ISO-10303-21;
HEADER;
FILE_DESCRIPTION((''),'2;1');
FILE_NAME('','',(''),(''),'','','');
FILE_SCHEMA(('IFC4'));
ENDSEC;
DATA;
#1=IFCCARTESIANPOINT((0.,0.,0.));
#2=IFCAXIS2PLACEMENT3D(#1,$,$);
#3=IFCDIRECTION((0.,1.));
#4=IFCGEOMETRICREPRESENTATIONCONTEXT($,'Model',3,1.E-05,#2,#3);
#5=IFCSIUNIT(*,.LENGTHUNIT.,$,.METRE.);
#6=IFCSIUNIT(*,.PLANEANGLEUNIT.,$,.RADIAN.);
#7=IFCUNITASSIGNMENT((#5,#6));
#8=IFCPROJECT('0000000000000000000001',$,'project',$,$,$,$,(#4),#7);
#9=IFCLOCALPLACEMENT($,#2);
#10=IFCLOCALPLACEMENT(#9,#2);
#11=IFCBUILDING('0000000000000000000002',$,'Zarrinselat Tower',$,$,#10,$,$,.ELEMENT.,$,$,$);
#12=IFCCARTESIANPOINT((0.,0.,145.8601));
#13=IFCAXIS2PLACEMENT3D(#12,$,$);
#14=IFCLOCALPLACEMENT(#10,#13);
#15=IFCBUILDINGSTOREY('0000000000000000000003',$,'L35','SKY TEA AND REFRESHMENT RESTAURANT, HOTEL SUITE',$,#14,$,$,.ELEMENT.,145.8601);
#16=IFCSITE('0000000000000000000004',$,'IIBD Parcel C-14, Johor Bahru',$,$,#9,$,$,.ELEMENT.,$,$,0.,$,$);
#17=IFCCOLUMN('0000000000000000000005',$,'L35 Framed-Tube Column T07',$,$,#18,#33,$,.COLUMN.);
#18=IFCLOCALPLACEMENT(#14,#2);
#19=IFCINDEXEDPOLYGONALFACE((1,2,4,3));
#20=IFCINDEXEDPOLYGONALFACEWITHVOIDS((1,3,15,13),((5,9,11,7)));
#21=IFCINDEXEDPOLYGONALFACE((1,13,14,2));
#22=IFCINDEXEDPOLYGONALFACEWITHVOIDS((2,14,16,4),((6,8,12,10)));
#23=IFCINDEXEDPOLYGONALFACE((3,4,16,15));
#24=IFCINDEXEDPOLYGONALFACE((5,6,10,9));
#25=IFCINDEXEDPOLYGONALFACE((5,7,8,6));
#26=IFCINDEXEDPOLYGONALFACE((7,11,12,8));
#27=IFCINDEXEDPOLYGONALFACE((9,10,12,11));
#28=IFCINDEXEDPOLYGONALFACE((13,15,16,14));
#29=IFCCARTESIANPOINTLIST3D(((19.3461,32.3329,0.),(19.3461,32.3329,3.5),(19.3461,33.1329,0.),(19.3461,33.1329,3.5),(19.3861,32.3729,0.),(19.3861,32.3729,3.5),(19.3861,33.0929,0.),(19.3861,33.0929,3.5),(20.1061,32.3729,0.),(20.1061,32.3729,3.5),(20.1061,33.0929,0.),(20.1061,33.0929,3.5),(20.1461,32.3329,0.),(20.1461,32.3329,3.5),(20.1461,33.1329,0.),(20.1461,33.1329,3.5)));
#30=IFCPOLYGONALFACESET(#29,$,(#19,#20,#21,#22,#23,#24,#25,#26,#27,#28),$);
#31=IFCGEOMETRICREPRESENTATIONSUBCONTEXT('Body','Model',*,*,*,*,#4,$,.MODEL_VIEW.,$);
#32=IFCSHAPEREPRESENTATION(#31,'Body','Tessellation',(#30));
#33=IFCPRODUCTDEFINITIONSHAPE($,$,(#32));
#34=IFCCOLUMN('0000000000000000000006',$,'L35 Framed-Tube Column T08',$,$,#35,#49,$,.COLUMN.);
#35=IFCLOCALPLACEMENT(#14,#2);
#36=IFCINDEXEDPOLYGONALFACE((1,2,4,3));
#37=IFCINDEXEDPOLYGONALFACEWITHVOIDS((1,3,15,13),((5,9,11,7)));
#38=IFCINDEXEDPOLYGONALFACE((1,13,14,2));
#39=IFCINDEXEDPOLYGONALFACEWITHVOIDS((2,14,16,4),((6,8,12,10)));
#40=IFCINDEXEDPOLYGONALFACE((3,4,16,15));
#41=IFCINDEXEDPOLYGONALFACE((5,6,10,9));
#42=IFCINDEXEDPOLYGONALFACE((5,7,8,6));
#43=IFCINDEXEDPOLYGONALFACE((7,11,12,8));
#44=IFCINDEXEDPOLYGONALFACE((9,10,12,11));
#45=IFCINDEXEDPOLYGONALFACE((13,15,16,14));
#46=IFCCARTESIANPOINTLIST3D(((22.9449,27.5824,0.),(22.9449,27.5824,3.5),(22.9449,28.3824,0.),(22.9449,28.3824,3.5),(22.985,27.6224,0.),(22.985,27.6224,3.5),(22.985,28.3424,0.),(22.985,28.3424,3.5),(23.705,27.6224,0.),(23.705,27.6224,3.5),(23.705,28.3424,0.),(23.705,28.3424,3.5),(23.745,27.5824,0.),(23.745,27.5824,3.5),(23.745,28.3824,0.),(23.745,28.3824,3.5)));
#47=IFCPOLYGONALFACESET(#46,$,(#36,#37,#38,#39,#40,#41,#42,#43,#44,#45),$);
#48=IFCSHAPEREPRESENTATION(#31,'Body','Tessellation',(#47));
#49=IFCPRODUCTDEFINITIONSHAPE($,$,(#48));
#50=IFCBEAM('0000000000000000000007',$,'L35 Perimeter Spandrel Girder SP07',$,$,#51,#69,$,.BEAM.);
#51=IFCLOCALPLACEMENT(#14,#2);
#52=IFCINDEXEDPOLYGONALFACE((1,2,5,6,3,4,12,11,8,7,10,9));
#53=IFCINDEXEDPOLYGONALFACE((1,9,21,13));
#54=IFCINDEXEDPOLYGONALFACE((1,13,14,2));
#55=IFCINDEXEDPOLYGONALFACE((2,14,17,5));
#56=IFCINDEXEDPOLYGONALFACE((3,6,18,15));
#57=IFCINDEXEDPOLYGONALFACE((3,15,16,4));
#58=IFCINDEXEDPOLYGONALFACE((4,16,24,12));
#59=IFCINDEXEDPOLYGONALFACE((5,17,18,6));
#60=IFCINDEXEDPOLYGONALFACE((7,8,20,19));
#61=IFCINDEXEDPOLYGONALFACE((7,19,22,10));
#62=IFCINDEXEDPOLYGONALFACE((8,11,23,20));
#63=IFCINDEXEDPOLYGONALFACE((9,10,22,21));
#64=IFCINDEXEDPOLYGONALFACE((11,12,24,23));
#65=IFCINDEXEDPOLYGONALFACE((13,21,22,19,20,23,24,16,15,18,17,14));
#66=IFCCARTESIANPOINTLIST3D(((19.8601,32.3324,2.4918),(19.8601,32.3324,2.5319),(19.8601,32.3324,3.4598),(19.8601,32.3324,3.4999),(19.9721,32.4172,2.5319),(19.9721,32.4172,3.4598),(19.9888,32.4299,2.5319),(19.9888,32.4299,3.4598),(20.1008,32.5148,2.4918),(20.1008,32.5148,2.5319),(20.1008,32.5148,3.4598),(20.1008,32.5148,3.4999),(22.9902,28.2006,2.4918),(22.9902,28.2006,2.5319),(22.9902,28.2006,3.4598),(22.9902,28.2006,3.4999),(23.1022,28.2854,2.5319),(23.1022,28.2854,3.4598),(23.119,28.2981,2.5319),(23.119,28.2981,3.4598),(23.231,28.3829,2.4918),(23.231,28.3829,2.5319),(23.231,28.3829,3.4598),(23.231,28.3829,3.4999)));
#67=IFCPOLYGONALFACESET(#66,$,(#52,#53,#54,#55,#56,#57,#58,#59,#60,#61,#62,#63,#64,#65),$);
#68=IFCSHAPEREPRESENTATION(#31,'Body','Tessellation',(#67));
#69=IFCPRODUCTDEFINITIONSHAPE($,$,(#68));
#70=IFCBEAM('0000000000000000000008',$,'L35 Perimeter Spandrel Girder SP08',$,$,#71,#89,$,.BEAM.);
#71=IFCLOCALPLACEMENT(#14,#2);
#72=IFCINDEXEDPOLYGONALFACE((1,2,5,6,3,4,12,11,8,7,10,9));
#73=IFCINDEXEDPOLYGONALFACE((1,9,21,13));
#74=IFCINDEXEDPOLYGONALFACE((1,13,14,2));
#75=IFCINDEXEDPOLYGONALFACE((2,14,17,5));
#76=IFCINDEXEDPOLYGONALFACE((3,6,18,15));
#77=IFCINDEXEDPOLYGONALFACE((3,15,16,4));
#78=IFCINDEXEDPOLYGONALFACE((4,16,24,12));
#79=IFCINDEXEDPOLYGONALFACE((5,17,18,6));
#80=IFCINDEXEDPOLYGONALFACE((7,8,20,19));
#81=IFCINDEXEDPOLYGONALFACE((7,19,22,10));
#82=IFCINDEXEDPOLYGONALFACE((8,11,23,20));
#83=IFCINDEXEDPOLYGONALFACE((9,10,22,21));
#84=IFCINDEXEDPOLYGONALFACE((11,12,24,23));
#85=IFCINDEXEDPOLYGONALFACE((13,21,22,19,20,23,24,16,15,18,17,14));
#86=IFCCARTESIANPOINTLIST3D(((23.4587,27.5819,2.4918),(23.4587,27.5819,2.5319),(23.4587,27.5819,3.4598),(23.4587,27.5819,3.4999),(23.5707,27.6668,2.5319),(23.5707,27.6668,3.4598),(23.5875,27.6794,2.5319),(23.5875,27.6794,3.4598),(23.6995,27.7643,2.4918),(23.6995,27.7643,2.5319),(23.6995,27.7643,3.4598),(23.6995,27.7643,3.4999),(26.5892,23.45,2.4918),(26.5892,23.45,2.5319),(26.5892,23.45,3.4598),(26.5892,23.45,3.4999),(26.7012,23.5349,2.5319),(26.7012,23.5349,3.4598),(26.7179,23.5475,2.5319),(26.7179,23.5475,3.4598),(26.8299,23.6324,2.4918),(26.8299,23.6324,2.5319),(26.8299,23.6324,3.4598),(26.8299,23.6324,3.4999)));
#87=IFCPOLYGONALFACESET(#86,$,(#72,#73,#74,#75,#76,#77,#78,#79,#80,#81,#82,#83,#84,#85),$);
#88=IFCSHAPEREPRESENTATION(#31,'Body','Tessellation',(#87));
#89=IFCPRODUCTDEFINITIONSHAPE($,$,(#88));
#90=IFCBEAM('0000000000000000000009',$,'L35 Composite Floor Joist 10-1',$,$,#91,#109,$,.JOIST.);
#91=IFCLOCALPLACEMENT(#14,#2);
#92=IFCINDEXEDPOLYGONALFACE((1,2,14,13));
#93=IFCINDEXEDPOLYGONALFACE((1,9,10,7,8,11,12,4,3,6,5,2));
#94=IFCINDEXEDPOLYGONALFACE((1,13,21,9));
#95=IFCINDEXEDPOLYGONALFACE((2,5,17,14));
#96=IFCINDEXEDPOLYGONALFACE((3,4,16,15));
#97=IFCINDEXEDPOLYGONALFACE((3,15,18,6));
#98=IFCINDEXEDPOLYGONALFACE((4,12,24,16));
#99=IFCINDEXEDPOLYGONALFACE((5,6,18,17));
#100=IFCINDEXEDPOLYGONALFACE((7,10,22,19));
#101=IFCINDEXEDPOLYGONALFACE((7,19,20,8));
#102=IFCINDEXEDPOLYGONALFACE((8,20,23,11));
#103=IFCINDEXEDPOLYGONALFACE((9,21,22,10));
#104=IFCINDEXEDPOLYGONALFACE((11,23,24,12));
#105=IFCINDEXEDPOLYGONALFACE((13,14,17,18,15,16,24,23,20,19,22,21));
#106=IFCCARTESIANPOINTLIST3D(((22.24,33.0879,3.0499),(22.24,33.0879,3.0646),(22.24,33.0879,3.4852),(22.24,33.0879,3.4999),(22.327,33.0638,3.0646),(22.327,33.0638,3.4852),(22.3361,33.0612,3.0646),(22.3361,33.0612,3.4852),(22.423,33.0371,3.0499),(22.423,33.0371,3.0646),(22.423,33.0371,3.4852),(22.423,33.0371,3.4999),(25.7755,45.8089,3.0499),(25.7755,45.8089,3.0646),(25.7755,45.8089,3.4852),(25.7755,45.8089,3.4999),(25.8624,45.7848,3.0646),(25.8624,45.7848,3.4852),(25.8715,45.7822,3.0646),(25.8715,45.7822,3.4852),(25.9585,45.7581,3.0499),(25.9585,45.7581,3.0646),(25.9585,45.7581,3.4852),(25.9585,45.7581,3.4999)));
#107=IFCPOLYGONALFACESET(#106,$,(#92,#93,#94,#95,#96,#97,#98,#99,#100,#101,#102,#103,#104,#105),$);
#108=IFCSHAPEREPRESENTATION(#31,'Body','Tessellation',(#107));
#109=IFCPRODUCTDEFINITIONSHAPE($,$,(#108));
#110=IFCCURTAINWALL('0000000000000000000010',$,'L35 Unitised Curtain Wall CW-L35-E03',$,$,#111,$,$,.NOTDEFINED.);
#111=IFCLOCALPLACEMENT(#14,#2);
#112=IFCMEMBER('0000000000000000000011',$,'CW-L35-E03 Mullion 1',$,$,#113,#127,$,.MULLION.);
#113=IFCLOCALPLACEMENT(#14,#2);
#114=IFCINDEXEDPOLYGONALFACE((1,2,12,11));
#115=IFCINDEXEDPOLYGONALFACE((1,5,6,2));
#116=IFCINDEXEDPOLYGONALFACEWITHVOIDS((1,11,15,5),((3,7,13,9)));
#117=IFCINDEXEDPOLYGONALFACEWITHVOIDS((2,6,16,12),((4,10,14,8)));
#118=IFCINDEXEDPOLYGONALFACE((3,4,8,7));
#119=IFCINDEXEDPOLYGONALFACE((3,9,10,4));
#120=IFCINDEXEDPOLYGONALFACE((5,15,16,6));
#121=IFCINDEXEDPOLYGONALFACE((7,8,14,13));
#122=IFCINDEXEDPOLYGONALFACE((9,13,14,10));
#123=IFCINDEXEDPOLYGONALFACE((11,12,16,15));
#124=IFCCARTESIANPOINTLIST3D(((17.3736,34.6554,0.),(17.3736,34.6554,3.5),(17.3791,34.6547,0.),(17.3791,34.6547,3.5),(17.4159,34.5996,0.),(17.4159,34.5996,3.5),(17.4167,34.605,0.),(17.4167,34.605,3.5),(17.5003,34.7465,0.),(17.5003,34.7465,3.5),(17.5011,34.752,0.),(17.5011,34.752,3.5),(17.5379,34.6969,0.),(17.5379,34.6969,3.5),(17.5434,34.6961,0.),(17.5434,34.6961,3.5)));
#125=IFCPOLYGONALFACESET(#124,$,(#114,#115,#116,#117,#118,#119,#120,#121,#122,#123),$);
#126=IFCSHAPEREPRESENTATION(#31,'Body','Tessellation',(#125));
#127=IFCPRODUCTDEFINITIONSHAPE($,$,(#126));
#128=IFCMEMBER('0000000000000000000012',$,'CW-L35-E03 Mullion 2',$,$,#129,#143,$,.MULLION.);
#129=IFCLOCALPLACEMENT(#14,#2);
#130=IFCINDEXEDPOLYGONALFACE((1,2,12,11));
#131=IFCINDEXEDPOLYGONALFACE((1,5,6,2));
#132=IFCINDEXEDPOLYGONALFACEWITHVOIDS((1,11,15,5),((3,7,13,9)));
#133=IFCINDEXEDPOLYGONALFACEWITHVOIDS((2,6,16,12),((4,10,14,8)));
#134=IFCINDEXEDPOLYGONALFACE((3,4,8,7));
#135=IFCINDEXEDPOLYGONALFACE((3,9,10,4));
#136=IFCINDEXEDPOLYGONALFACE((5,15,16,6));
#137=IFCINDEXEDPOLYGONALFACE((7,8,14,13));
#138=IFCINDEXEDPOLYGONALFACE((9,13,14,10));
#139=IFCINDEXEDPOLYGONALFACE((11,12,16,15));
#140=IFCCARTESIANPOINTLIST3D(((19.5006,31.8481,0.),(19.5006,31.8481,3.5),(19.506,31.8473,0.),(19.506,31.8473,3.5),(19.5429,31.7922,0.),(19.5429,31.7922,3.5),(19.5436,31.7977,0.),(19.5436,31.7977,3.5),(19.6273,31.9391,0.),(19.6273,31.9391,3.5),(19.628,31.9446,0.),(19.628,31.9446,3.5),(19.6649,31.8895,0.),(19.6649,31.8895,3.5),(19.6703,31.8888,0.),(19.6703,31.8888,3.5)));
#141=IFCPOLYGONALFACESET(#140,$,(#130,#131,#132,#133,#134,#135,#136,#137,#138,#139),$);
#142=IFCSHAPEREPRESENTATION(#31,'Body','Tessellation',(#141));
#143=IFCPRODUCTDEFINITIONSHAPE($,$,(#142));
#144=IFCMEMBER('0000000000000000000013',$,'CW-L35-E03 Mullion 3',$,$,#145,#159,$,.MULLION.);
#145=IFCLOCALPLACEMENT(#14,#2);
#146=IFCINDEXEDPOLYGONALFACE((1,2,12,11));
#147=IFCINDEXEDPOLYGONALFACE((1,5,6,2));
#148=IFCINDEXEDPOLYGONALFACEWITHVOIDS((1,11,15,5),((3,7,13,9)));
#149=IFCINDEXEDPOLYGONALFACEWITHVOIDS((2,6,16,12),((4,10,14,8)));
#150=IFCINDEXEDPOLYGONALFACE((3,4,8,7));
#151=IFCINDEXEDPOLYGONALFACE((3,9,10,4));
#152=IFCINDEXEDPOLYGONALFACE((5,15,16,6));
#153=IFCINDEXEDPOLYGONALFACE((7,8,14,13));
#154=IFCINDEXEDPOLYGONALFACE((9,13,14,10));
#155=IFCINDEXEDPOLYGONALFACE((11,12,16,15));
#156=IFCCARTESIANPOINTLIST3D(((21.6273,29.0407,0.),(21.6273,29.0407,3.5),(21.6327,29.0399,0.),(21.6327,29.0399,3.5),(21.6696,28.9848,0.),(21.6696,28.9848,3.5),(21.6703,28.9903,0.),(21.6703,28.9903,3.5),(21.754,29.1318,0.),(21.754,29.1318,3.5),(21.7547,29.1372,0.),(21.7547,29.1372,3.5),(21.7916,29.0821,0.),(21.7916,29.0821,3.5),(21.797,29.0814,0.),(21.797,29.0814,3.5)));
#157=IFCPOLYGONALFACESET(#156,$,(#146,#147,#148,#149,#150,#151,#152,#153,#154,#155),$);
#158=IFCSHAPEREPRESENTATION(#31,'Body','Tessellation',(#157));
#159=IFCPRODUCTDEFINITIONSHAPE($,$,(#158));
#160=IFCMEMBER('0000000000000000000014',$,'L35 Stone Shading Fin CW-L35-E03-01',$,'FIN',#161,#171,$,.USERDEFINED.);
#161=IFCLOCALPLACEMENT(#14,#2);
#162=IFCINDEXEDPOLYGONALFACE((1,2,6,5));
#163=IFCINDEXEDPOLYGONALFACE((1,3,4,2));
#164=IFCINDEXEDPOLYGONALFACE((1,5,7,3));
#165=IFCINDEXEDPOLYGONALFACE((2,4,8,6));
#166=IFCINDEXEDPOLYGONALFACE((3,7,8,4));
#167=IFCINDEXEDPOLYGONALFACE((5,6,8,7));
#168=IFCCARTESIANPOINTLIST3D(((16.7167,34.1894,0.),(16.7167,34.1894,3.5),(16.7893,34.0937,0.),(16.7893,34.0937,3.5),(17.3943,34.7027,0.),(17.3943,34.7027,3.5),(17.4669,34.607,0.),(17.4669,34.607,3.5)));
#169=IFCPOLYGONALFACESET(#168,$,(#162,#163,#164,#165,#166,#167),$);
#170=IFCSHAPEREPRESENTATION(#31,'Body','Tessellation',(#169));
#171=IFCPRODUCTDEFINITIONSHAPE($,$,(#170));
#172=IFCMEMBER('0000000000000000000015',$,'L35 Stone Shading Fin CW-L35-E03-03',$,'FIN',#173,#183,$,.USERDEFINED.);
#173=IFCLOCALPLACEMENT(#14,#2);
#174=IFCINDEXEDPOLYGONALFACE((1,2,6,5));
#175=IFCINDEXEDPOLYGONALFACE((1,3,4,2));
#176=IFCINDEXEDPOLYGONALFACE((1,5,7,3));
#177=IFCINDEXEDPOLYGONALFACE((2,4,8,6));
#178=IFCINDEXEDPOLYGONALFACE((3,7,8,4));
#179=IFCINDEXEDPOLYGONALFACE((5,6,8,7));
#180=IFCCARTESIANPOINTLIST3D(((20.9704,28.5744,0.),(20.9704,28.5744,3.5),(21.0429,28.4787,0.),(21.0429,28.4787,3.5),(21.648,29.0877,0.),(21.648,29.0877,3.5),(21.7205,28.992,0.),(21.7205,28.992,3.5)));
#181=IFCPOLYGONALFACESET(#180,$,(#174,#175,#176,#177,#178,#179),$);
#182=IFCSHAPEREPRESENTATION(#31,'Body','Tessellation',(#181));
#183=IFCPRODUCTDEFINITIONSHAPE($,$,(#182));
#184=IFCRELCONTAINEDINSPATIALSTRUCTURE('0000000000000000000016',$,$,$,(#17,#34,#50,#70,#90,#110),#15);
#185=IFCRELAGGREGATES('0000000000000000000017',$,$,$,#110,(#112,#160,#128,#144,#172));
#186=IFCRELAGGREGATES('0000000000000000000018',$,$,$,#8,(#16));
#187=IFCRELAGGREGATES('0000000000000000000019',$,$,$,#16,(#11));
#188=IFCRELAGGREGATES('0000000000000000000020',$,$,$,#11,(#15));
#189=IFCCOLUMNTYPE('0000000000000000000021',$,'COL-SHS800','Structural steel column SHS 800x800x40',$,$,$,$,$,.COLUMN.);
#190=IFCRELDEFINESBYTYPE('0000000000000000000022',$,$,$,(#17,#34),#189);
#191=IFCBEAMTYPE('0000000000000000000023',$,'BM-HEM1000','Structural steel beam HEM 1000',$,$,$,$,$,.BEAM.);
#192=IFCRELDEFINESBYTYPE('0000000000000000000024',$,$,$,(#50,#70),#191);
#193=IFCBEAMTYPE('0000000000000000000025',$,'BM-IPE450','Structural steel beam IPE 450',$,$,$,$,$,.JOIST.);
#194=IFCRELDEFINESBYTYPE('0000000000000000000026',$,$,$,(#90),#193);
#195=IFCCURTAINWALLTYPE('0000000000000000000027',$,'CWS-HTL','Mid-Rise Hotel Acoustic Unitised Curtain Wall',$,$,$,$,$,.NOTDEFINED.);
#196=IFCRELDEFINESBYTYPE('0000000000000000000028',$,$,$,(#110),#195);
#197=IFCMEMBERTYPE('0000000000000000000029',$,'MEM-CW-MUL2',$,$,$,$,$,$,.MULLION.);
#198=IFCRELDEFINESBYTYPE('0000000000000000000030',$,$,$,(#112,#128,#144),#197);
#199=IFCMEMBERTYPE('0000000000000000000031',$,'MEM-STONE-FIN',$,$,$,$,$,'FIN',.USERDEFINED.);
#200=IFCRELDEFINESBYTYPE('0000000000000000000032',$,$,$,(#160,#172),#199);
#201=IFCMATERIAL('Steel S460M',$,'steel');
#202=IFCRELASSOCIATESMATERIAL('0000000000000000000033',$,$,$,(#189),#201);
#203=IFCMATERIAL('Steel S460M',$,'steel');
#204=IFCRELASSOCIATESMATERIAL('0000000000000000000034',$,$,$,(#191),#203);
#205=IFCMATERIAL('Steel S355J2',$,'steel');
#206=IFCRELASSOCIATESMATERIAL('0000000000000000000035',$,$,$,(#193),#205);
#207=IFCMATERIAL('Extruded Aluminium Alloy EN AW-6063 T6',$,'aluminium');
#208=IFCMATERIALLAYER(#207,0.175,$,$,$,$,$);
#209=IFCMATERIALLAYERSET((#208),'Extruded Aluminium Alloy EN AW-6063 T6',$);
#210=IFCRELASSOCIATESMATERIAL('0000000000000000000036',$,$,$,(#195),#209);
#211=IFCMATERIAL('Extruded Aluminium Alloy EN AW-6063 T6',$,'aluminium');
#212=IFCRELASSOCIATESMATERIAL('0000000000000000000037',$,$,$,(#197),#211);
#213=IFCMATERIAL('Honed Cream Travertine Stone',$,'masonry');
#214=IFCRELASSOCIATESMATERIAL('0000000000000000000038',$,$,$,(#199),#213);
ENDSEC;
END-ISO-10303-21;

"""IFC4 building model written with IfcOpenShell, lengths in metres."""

from ifc_helpers import new_model, si_unit, direction, frame, origin, origin_2d, place, context, subcontext, project, spatial, rectangle, hollow_rectangle, i_section, extrude, material, layer, layer_set, material_profile, profile_set, type_object, element, aggregate, save


model = new_model("IFC4")

# Units and contexts
model_context = context("Model", 3, precision=1e-05, world=origin(), true_north=direction((0.0, 1.0)))
body_context = subcontext(model_context, "Body", "Model", "MODEL_VIEW")
ifc_project = project(units=[si_unit("LENGTHUNIT", "METRE"), si_unit("PLANEANGLEUNIT", "RADIAN")], contexts=[model_context])

# Site, building, storey
site_placement = place(None, origin())
site = spatial("IfcSite", under=ifc_project, at=site_placement, Name="IIBD Parcel C-14, Johor Bahru", CompositionType="ELEMENT", RefElevation=0.0)
building_placement = place(site_placement, origin())
building = spatial("IfcBuilding", under=site, at=building_placement, Name="Zarrinselat Tower", CompositionType="ELEMENT")
storey_placement = place(building_placement, frame((0.0, 0.0, 145.8601)))
storey = spatial("IfcBuildingStorey", under=building, at=storey_placement, Name="L35", Description="SKY TEA AND REFRESHMENT RESTAURANT, HOTEL SUITE", CompositionType="ELEMENT", Elevation=145.8601)

# Columns
ifc_material_1 = material(Name="Steel S460M", Category="steel")
ifc_material_profile_1 = material_profile(ifc_material_1, hollow_rectangle(XDim=0.8, YDim=0.8, WallThickness=0.04, at=origin_2d()), Name="SHS 800x800x40")
ifc_profile_set_1 = profile_set([ifc_material_profile_1], Name="Steel S460M")
column_type = type_object("IfcColumnType", Name="COL-SHS800", Description="Structural steel column SHS 800x800x40", PredefinedType="COLUMN", material=ifc_profile_set_1)
for number, where, z_axis, x_axis, name in (
    (1, (19.7461, 32.7329, 0.0), (0.0, 0.0, 1.0), (1.0, 0.0, 0.0), "L35 Framed-Tube Column T07"),
    (2, (23.345, 27.9824, 0.0), (0.0, 0.0, 1.0), (1.0, 0.0, 0.0), "L35 Framed-Tube Column T08"),
):
    element("IfcColumn", number, at=place(storey_placement, frame(where, z_axis=z_axis, x_axis=x_axis)), inside=storey, type_object=column_type, Name=name, PredefinedType="COLUMN", context=body_context, shape_type="SweptSolid", body=[
        extrude(hollow_rectangle(XDim=0.8, YDim=0.8, WallThickness=0.04, at=origin_2d()), origin(), (0.0, 0.0, 1.0), 3.5),
    ])

# Beams
ifc_material_2 = material(Name="Steel S460M", Category="steel")
ifc_material_profile_2 = material_profile(ifc_material_2, i_section(OverallWidth=0.302, OverallDepth=1.0081, WebThickness=0.021, FlangeThickness=0.04, at=origin_2d()), Name="HEM 1000")
ifc_profile_set_2 = profile_set([ifc_material_profile_2], Name="Steel S460M")
beam_type_1 = type_object("IfcBeamType", Name="BM-HEM1000", Description="Structural steel beam HEM 1000", PredefinedType="BEAM", material=ifc_profile_set_2)
beam_1_placement = place(storey_placement, frame((19.9805, 32.4236, 2.9958), z_axis=(0.603851, -0.797097, 0.0), x_axis=(0.797097, 0.603851, 0.0)))
element("IfcBeam", 3, at=beam_1_placement, inside=storey, type_object=beam_type_1, Name="L35 Perimeter Spandrel Girder SP07", PredefinedType="BEAM", context=body_context, shape_type="SweptSolid", body=[
    extrude(i_section(OverallWidth=0.302, OverallDepth=1.0081, WebThickness=0.021, FlangeThickness=0.04, at=origin_2d()), origin(), (0.0, 0.0, 1.0), 5.1836),
])
beam_2_placement = place(storey_placement, frame((23.5791, 27.6731, 2.9958), z_axis=(0.603881, -0.797074, 0.0), x_axis=(0.797074, 0.603881, 0.0)))
element("IfcBeam", 4, at=beam_2_placement, inside=storey, type_object=beam_type_1, Name="L35 Perimeter Spandrel Girder SP08", PredefinedType="BEAM", context=body_context, shape_type="SweptSolid", body=[
    extrude(i_section(OverallWidth=0.302, OverallDepth=1.0081, WebThickness=0.021, FlangeThickness=0.04, at=origin_2d()), origin(), (0.0, 0.0, 1.0), 5.1838),
])
ifc_material_3 = material(Name="Steel S355J2", Category="steel")
ifc_material_profile_3 = material_profile(ifc_material_3, i_section(OverallWidth=0.1899, OverallDepth=0.45, WebThickness=0.0095, FlangeThickness=0.0146, at=origin_2d()), Name="IPE 450")
ifc_profile_set_3 = profile_set([ifc_material_profile_3], Name="Steel S355J2")
beam_type_2 = type_object("IfcBeamType", Name="BM-IPE450", Description="Structural steel beam IPE 450", PredefinedType="JOIST", material=ifc_profile_set_3)
beam_3_placement = place(storey_placement, frame((22.3315, 33.0625, 3.2749), z_axis=(0.267771, 0.963483, 0.0), x_axis=(-0.963483, 0.267771, 0.0)))
element("IfcBeam", 5, at=beam_3_placement, inside=storey, type_object=beam_type_2, Name="L35 Composite Floor Joist 10-1", PredefinedType="JOIST", context=body_context, shape_type="SweptSolid", body=[
    extrude(i_section(OverallWidth=0.1899, OverallDepth=0.45, WebThickness=0.0095, FlangeThickness=0.0146, at=origin_2d()), origin(), (0.0, 0.0, 1.0), 13.2031),
])

# Curtain wall, members
ifc_material_4 = material(Name="Extruded Aluminium Alloy EN AW-6063 T6", Category="aluminium")
ifc_layer_1 = layer(ifc_material_4, 0.175)
ifc_layer_set_1 = layer_set([ifc_layer_1], Name="Extruded Aluminium Alloy EN AW-6063 T6")
curtain_wall_type = type_object("IfcCurtainWallType", Name="CWS-HTL", Description="Mid-Rise Hotel Acoustic Unitised Curtain Wall", PredefinedType="NOTDEFINED", material=ifc_layer_set_1)
curtain_wall_placement = place(storey_placement, origin())
curtain_wall = element("IfcCurtainWall", 6, at=curtain_wall_placement, inside=storey, type_object=curtain_wall_type, Name="L35 Unitised Curtain Wall CW-L35-E03", PredefinedType="NOTDEFINED")
ifc_material_5 = material(Name="Extruded Aluminium Alloy EN AW-6063 T6", Category="aluminium")
ifc_material_profile_4 = material_profile(ifc_material_5, hollow_rectangle(XDim=0.0701, YDim=0.1599, WallThickness=0.0039, at=origin_2d()), Name="RHS 160x70x4")
ifc_profile_set_4 = profile_set([ifc_material_profile_4], Name="Extruded Aluminium Alloy EN AW-6063 T6")
member_type_1 = type_object("IfcMemberType", Name="MEM-CW-MUL2", PredefinedType="MULLION", material=ifc_profile_set_4)
member_1_placement = place(storey_placement, frame((17.4585, 34.6758, 0.0), z_axis=(0.0, 0.0, 1.0), x_axis=(0.603857, -0.797093, 0.0)))
member_1 = element("IfcMember", 7, at=member_1_placement, type_object=member_type_1, Name="CW-L35-E03 Mullion 1", PredefinedType="MULLION", context=body_context, shape_type="SweptSolid", body=[
    extrude(hollow_rectangle(XDim=0.0701, YDim=0.1599, WallThickness=0.0039, at=origin_2d()), origin(), (0.0, 0.0, 1.0), 3.5),
])
member_2_placement = place(storey_placement, frame((19.5854, 31.8684, 0.0), z_axis=(0.0, 0.0, 1.0), x_axis=(0.603857, -0.797093, 0.0)))
member_2 = element("IfcMember", 8, at=member_2_placement, type_object=member_type_1, Name="CW-L35-E03 Mullion 2", PredefinedType="MULLION", context=body_context, shape_type="SweptSolid", body=[
    extrude(hollow_rectangle(XDim=0.0701, YDim=0.1599, WallThickness=0.0039, at=origin_2d()), origin(), (0.0, 0.0, 1.0), 3.5),
])
member_3_placement = place(storey_placement, frame((21.7122, 29.061, 0.0), z_axis=(0.0, 0.0, 1.0), x_axis=(0.603857, -0.797093, 0.0)))
member_3 = element("IfcMember", 9, at=member_3_placement, type_object=member_type_1, Name="CW-L35-E03 Mullion 3", PredefinedType="MULLION", context=body_context, shape_type="SweptSolid", body=[
    extrude(hollow_rectangle(XDim=0.0701, YDim=0.1599, WallThickness=0.0039, at=origin_2d()), origin(), (0.0, 0.0, 1.0), 3.5),
])
ifc_material_6 = material(Name="Honed Cream Travertine Stone", Category="masonry")
ifc_material_profile_5 = material_profile(ifc_material_6, rectangle(XDim=0.1201, YDim=0.8501, at=origin_2d()), Name="FIN 850x120")
ifc_profile_set_5 = profile_set([ifc_material_profile_5], Name="Honed Cream Travertine Stone")
member_type_2 = type_object("IfcMemberType", Name="MEM-STONE-FIN", ElementType="FIN", PredefinedType="USERDEFINED", material=ifc_profile_set_5)
member_4_placement = place(storey_placement, frame((17.0918, 34.3982, 0.0), z_axis=(0.0, 0.0, 1.0), x_axis=(-0.603857, 0.797093, 0.0)))
member_4 = element("IfcMember", 10, at=member_4_placement, type_object=member_type_2, Name="L35 Stone Shading Fin CW-L35-E03-01", ObjectType="FIN", PredefinedType="USERDEFINED", context=body_context, shape_type="SweptSolid", body=[
    extrude(rectangle(XDim=0.1201, YDim=0.8501, at=origin_2d()), origin(), (0.0, 0.0, 1.0), 3.5),
])
member_5_placement = place(storey_placement, frame((21.3455, 28.7832, 0.0), z_axis=(0.0, 0.0, 1.0), x_axis=(-0.603857, 0.797093, 0.0)))
member_5 = element("IfcMember", 11, at=member_5_placement, type_object=member_type_2, Name="L35 Stone Shading Fin CW-L35-E03-03", ObjectType="FIN", PredefinedType="USERDEFINED", context=body_context, shape_type="SweptSolid", body=[
    extrude(rectangle(XDim=0.1201, YDim=0.8501, at=origin_2d()), origin(), (0.0, 0.0, 1.0), 3.5),
])
aggregate(curtain_wall, [member_1, member_4, member_2, member_3, member_5])

save(model, "model.ifc")
